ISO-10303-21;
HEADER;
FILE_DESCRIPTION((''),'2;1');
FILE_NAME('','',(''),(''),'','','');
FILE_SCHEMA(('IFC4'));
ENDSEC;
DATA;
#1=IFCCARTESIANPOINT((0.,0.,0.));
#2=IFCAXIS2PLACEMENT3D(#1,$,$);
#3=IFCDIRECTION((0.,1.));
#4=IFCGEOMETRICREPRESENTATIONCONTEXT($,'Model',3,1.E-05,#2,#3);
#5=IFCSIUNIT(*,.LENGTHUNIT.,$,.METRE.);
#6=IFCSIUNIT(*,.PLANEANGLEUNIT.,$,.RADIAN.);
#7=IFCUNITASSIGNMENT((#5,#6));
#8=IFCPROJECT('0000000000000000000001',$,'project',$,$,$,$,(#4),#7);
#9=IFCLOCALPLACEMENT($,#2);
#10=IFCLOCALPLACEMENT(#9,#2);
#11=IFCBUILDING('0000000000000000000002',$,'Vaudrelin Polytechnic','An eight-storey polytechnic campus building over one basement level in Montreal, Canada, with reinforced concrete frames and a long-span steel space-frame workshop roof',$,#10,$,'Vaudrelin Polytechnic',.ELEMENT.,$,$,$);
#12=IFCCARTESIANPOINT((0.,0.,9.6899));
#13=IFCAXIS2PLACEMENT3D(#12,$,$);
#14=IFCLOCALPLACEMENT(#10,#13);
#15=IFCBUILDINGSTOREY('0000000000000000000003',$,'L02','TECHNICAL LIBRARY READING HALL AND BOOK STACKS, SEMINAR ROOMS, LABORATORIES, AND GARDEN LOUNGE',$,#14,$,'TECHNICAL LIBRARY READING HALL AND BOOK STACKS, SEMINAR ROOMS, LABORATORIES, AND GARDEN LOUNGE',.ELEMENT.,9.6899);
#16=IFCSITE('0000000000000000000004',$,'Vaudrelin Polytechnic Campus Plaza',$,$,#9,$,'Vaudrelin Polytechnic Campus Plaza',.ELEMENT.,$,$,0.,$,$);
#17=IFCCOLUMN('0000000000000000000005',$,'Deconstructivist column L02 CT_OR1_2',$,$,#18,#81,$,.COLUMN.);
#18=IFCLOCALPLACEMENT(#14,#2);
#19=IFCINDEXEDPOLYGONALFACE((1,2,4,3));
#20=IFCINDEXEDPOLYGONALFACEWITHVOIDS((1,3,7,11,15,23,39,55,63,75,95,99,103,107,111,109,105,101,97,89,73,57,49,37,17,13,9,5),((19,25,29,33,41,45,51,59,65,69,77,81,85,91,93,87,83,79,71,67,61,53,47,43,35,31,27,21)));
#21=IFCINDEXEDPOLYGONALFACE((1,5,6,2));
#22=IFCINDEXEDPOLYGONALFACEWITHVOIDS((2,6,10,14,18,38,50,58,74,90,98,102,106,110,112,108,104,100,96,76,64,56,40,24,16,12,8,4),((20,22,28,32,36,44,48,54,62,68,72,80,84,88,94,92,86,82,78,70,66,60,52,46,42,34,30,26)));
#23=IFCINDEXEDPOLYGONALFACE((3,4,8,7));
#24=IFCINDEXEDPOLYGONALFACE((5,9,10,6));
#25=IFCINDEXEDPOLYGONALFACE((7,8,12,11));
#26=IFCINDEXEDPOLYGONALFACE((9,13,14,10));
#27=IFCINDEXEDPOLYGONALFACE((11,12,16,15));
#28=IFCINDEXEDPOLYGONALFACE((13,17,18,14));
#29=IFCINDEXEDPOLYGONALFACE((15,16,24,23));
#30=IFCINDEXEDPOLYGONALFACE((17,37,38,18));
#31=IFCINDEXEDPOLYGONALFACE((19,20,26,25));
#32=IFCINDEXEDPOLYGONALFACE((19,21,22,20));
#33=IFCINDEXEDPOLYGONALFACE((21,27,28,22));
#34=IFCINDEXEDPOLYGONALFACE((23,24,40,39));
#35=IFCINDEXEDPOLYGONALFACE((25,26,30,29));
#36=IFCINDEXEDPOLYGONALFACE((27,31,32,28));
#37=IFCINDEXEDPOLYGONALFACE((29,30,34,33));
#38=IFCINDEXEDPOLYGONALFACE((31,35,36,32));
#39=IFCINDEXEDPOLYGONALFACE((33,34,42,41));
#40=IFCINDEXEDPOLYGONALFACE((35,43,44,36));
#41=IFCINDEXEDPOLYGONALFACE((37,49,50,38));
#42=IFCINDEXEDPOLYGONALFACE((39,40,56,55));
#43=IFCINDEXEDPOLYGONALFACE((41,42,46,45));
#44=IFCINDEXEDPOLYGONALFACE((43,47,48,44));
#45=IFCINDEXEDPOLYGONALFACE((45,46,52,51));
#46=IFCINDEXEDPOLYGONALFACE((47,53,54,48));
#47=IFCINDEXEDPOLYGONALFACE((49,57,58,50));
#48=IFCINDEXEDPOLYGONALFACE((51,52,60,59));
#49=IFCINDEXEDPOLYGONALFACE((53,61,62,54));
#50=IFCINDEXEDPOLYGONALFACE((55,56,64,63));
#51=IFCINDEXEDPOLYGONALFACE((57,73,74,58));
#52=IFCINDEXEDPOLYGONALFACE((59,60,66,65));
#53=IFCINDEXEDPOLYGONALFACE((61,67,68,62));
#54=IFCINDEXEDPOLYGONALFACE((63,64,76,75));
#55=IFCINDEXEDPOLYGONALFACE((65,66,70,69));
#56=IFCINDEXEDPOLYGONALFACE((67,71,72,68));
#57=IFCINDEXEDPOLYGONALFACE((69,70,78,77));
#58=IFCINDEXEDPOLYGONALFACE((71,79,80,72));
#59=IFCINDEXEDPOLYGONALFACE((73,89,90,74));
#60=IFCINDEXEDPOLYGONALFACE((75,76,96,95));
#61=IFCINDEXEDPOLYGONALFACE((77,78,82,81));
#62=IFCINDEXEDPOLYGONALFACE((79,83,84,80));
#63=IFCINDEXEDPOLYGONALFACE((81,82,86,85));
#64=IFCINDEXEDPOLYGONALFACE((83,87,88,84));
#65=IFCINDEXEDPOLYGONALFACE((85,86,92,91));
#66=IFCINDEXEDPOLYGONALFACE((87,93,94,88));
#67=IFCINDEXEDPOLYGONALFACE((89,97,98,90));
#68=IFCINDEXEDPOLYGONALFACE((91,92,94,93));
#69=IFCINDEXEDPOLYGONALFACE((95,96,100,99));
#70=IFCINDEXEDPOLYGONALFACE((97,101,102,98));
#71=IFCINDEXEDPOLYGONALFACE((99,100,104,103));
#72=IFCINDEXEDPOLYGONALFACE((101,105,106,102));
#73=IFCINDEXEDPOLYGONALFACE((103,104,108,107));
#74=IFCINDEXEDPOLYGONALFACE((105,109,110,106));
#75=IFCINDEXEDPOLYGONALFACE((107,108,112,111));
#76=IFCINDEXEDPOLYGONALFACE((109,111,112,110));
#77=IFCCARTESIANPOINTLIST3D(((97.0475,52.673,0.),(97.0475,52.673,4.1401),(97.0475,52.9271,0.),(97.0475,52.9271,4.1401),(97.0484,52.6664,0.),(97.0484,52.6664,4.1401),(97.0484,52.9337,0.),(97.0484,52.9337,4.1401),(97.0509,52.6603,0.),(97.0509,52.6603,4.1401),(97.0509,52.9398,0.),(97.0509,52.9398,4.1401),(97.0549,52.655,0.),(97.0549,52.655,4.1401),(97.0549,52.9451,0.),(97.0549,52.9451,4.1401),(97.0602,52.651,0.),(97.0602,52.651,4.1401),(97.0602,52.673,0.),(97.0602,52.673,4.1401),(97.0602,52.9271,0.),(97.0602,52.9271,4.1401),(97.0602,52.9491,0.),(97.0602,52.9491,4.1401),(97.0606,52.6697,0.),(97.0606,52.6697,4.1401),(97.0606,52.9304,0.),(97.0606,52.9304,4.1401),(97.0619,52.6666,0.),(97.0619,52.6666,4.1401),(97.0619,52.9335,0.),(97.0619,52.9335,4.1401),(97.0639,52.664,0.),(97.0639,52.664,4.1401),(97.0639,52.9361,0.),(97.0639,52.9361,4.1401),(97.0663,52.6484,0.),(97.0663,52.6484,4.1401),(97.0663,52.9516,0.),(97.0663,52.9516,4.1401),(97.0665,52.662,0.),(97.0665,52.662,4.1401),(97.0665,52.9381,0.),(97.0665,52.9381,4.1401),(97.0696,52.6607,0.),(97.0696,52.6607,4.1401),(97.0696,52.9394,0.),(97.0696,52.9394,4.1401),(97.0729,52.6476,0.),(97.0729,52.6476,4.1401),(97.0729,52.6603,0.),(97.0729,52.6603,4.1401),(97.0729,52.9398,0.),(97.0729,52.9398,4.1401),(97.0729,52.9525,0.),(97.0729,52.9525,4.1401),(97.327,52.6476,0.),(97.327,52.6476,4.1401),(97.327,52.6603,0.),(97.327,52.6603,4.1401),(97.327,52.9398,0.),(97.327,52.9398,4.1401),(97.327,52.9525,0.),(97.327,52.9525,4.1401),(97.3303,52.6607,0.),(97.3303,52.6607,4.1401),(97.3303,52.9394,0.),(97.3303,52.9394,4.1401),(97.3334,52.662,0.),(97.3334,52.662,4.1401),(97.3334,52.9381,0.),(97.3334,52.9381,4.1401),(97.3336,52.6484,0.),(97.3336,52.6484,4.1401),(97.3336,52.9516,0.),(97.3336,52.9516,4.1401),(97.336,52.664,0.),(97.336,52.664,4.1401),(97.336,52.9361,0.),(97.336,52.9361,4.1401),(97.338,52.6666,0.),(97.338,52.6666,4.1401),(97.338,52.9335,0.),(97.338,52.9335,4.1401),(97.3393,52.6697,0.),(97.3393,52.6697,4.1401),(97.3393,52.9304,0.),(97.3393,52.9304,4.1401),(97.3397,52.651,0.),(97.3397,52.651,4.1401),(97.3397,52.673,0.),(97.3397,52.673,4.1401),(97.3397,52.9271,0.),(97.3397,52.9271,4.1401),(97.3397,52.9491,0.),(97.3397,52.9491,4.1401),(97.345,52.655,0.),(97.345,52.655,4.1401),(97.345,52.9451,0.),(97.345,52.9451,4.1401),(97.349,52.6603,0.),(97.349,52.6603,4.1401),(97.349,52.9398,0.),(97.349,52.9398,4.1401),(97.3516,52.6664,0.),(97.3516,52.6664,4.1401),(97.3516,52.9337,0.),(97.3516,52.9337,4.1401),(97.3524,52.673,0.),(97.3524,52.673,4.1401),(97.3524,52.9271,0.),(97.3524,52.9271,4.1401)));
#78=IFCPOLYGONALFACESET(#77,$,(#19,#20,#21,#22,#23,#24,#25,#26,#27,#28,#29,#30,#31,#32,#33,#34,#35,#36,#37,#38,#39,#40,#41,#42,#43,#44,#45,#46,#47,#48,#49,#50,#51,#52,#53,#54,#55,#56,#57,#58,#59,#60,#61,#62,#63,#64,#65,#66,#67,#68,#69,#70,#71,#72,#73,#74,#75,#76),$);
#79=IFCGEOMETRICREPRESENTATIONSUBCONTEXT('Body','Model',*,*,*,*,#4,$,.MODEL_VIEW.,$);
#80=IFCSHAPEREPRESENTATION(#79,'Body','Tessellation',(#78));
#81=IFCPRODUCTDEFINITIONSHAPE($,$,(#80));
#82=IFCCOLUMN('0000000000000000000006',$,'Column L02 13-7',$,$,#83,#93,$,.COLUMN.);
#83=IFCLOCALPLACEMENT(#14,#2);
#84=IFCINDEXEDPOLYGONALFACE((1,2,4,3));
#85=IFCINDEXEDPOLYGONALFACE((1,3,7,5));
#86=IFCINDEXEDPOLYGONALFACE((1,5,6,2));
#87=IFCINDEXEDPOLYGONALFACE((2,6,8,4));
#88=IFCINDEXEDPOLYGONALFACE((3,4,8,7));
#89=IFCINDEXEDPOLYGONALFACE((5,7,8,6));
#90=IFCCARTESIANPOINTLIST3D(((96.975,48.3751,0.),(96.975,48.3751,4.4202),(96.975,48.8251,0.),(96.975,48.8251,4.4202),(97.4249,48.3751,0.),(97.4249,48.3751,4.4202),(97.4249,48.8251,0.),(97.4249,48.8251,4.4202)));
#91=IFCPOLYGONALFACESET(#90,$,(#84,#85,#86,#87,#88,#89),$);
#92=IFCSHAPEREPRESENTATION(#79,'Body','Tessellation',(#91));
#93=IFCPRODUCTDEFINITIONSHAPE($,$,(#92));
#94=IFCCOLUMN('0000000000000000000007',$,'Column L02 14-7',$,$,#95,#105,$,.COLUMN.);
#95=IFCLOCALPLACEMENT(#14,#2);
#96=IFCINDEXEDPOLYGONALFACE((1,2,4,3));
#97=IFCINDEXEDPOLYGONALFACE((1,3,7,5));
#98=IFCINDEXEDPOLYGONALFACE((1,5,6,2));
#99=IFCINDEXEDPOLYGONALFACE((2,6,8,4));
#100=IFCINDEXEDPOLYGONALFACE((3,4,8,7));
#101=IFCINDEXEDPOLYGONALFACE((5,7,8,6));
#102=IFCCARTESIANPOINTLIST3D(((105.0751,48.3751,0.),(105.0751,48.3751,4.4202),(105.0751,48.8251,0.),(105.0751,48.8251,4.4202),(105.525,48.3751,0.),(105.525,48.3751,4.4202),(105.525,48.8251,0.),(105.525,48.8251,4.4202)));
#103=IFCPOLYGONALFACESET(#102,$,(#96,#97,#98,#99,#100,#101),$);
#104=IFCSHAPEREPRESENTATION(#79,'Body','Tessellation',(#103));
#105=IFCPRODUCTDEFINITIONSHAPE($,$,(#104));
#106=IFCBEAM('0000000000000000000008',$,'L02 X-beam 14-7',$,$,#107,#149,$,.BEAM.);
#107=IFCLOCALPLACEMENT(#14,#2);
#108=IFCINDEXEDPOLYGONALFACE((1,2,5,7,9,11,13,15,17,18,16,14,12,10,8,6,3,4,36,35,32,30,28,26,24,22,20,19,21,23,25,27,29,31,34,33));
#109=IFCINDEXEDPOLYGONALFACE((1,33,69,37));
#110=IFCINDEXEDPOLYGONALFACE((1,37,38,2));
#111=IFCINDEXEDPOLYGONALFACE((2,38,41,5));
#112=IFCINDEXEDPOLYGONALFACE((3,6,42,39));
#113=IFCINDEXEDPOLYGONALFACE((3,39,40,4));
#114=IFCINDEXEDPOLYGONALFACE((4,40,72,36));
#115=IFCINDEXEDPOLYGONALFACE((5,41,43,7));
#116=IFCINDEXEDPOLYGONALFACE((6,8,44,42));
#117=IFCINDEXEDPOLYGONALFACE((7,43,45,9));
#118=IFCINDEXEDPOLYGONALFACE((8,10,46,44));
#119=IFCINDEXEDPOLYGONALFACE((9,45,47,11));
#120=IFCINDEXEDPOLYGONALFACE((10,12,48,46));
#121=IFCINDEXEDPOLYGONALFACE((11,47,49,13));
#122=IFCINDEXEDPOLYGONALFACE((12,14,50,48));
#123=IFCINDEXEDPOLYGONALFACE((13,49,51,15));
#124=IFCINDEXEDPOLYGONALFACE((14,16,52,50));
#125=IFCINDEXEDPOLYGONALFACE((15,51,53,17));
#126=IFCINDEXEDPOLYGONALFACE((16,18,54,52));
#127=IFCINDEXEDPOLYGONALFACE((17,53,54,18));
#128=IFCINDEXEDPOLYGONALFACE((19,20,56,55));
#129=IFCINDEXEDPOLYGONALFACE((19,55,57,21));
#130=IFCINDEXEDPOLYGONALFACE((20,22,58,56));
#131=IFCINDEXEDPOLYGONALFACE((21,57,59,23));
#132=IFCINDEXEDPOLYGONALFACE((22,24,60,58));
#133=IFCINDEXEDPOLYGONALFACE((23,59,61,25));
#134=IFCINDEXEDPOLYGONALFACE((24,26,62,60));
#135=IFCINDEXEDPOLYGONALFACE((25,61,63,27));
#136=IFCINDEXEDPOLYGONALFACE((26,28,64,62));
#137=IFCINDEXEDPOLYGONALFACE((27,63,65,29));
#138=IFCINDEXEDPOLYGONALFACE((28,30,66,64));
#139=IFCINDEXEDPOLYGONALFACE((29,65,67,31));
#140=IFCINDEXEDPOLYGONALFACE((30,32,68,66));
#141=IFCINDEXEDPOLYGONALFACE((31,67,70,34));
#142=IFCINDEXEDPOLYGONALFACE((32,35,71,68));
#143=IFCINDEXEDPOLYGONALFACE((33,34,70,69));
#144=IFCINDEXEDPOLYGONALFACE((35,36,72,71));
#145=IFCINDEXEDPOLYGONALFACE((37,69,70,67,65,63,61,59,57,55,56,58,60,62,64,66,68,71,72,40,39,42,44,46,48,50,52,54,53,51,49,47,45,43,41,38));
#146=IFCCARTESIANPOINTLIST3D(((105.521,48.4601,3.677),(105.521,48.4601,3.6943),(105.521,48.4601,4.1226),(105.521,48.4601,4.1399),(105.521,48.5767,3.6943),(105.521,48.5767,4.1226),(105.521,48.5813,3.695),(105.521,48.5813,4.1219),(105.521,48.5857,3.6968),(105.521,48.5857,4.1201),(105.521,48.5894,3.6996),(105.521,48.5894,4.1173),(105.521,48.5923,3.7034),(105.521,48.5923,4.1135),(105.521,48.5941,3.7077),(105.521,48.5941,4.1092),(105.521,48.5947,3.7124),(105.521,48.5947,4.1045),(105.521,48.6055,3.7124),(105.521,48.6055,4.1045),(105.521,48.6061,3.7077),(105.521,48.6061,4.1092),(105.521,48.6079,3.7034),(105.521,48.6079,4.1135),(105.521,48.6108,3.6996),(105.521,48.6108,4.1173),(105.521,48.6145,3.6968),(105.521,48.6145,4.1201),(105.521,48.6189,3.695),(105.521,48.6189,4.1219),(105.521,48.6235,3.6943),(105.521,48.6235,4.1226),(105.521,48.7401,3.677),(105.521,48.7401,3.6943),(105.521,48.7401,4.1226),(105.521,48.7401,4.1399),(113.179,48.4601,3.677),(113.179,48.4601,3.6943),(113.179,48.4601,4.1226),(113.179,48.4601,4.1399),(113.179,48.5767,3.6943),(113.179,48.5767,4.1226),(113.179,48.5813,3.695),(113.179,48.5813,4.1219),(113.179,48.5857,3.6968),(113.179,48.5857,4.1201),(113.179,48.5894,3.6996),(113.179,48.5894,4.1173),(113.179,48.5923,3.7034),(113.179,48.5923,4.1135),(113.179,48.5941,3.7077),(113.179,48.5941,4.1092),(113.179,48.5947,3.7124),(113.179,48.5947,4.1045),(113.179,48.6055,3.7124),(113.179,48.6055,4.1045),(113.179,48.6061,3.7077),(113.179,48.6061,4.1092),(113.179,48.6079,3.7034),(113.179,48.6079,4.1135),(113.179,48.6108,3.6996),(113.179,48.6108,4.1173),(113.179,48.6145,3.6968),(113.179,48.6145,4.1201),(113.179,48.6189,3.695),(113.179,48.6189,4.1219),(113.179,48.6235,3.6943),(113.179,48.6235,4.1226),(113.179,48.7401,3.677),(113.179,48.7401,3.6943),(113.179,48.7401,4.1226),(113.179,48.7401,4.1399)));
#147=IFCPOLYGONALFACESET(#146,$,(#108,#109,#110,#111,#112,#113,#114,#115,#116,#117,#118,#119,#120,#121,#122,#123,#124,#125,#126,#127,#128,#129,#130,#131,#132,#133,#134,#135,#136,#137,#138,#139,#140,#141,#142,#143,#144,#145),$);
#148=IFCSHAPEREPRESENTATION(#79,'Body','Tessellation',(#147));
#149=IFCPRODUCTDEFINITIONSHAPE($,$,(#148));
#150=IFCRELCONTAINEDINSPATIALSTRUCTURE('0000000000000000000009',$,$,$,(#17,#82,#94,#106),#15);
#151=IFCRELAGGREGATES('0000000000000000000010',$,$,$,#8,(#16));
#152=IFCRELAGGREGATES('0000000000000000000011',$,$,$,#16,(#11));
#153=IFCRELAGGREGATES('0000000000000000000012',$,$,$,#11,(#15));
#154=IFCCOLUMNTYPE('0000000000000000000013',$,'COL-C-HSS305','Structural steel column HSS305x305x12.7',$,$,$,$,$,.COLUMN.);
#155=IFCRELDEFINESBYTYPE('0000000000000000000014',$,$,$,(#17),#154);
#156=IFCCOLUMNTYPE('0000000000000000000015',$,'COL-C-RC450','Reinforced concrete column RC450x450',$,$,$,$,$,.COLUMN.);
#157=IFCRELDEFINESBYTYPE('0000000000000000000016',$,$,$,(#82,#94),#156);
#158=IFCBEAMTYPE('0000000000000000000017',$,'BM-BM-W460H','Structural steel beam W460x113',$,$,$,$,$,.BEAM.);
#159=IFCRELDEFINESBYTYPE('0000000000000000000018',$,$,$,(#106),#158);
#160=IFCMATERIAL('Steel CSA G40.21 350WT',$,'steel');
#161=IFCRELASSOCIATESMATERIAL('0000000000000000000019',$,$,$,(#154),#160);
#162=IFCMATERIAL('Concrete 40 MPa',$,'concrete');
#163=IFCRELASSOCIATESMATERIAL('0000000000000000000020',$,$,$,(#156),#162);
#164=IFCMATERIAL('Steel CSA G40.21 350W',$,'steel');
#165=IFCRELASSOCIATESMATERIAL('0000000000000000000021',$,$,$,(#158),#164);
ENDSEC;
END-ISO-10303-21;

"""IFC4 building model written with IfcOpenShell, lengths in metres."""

from ifc_helpers import new_model, si_unit, direction, frame, origin, origin_2d, place, context, subcontext, project, spatial, rectangle, hollow_rectangle, i_section, extrude, material, material_profile, profile_set, type_object, element, save


model = new_model("IFC4")

# Units and contexts
model_context = context("Model", 3, precision=1e-05, world=origin(), true_north=direction((0.0, 1.0)))
body_context = subcontext(model_context, "Body", "Model", "MODEL_VIEW")
ifc_project = project(units=[si_unit("LENGTHUNIT", "METRE"), si_unit("PLANEANGLEUNIT", "RADIAN")], contexts=[model_context])

# Site, building, storey
site_placement = place(None, origin())
site = spatial("IfcSite", under=ifc_project, at=site_placement, Name="Vaudrelin Polytechnic Campus Plaza", LongName="Vaudrelin Polytechnic Campus Plaza", CompositionType="ELEMENT", RefElevation=0.0)
building_placement = place(site_placement, origin())
building = spatial("IfcBuilding", under=site, at=building_placement, Name="Vaudrelin Polytechnic", Description="An eight-storey polytechnic campus building over one basement level in Montreal, Canada, with reinforced concrete frames and a long-span steel space-frame workshop roof", LongName="Vaudrelin Polytechnic", CompositionType="ELEMENT")
storey_placement = place(building_placement, frame((0.0, 0.0, 9.6899)))
storey = spatial("IfcBuildingStorey", under=building, at=storey_placement, Name="L02", Description="TECHNICAL LIBRARY READING HALL AND BOOK STACKS, SEMINAR ROOMS, LABORATORIES, AND GARDEN LOUNGE", LongName="TECHNICAL LIBRARY READING HALL AND BOOK STACKS, SEMINAR ROOMS, LABORATORIES, AND GARDEN LOUNGE", CompositionType="ELEMENT", Elevation=9.6899)

# Columns
ifc_material_1 = material(Name="Steel CSA G40.21 350WT", Category="steel")
ifc_material_profile_1 = material_profile(ifc_material_1, hollow_rectangle(XDim=0.3049, YDim=0.3049, WallThickness=0.0127, InnerFilletRadius=0.0127, OuterFilletRadius=0.0254, at=origin_2d()), Name="HSS305x305x12.7")
ifc_profile_set_1 = profile_set([ifc_material_profile_1], Name="Steel CSA G40.21 350WT")
column_type_1 = type_object("IfcColumnType", Name="COL-C-HSS305", Description="Structural steel column HSS305x305x12.7", PredefinedType="COLUMN", material=ifc_profile_set_1)
column_placement = place(storey_placement, frame((97.2, 52.8, 0.0), z_axis=(0.0, 0.0, 1.0), x_axis=(1.0, 0.0, 0.0)))
element("IfcColumn", 1, at=column_placement, inside=storey, type_object=column_type_1, Name="Deconstructivist column L02 CT_OR1_2", PredefinedType="COLUMN", context=body_context, shape_type="SweptSolid", body=[
    extrude(hollow_rectangle(XDim=0.3049, YDim=0.3049, WallThickness=0.0127, InnerFilletRadius=0.0127, OuterFilletRadius=0.0254, at=origin_2d()), origin(), (0.0, 0.0, 1.0), 4.1401),
])
ifc_material_2 = material(Name="Concrete 40 MPa", Category="concrete")
ifc_material_profile_2 = material_profile(ifc_material_2, rectangle(XDim=0.45, YDim=0.45, at=origin_2d()), Name="RC450x450")
ifc_profile_set_2 = profile_set([ifc_material_profile_2], Name="Concrete 40 MPa")
column_type_2 = type_object("IfcColumnType", Name="COL-C-RC450", Description="Reinforced concrete column RC450x450", PredefinedType="COLUMN", material=ifc_profile_set_2)
for number, where, z_axis, x_axis, name in (
    (2, (97.2, 48.6001, 0.0), (0.0, 0.0, 1.0), (1.0, 0.0, 0.0), "Column L02 13-7"),
    (3, (105.3, 48.6001, 0.0), (0.0, 0.0, 1.0), (1.0, 0.0, 0.0), "Column L02 14-7"),
):
    element("IfcColumn", number, at=place(storey_placement, frame(where, z_axis=z_axis, x_axis=x_axis)), inside=storey, type_object=column_type_2, Name=name, PredefinedType="COLUMN", context=body_context, shape_type="SweptSolid", body=[
        extrude(rectangle(XDim=0.45, YDim=0.45, at=origin_2d()), origin(), (0.0, 0.0, 1.0), 4.4202),
    ])

# Beam
ifc_material_3 = material(Name="Steel CSA G40.21 350W", Category="steel")
ifc_material_profile_3 = material_profile(ifc_material_3, i_section(OverallWidth=0.28, OverallDepth=0.4629, WebThickness=0.0107, FlangeThickness=0.0173, FilletRadius=0.0181, at=origin_2d()), Name="W460x113")
ifc_profile_set_3 = profile_set([ifc_material_profile_3], Name="Steel CSA G40.21 350W")
beam_type_1 = type_object("IfcBeamType", Name="BM-BM-W460H", Description="Structural steel beam W460x113", PredefinedType="BEAM", material=ifc_profile_set_3)
beam_1_placement = place(storey_placement, frame((105.521, 48.6001, 3.9084), z_axis=(1.0, 0.0, 0.0), x_axis=(0.0, 1.0, 0.0)))
element("IfcBeam", 4, at=beam_1_placement, inside=storey, type_object=beam_type_1, Name="L02 X-beam 14-7", PredefinedType="BEAM", context=body_context, shape_type="SweptSolid", body=[
    extrude(i_section(OverallWidth=0.28, OverallDepth=0.4629, WebThickness=0.0107, FlangeThickness=0.0173, FilletRadius=0.0181, at=origin_2d()), origin(), (0.0, 0.0, 1.0), 7.658),
])

save(model, "model.ifc")
